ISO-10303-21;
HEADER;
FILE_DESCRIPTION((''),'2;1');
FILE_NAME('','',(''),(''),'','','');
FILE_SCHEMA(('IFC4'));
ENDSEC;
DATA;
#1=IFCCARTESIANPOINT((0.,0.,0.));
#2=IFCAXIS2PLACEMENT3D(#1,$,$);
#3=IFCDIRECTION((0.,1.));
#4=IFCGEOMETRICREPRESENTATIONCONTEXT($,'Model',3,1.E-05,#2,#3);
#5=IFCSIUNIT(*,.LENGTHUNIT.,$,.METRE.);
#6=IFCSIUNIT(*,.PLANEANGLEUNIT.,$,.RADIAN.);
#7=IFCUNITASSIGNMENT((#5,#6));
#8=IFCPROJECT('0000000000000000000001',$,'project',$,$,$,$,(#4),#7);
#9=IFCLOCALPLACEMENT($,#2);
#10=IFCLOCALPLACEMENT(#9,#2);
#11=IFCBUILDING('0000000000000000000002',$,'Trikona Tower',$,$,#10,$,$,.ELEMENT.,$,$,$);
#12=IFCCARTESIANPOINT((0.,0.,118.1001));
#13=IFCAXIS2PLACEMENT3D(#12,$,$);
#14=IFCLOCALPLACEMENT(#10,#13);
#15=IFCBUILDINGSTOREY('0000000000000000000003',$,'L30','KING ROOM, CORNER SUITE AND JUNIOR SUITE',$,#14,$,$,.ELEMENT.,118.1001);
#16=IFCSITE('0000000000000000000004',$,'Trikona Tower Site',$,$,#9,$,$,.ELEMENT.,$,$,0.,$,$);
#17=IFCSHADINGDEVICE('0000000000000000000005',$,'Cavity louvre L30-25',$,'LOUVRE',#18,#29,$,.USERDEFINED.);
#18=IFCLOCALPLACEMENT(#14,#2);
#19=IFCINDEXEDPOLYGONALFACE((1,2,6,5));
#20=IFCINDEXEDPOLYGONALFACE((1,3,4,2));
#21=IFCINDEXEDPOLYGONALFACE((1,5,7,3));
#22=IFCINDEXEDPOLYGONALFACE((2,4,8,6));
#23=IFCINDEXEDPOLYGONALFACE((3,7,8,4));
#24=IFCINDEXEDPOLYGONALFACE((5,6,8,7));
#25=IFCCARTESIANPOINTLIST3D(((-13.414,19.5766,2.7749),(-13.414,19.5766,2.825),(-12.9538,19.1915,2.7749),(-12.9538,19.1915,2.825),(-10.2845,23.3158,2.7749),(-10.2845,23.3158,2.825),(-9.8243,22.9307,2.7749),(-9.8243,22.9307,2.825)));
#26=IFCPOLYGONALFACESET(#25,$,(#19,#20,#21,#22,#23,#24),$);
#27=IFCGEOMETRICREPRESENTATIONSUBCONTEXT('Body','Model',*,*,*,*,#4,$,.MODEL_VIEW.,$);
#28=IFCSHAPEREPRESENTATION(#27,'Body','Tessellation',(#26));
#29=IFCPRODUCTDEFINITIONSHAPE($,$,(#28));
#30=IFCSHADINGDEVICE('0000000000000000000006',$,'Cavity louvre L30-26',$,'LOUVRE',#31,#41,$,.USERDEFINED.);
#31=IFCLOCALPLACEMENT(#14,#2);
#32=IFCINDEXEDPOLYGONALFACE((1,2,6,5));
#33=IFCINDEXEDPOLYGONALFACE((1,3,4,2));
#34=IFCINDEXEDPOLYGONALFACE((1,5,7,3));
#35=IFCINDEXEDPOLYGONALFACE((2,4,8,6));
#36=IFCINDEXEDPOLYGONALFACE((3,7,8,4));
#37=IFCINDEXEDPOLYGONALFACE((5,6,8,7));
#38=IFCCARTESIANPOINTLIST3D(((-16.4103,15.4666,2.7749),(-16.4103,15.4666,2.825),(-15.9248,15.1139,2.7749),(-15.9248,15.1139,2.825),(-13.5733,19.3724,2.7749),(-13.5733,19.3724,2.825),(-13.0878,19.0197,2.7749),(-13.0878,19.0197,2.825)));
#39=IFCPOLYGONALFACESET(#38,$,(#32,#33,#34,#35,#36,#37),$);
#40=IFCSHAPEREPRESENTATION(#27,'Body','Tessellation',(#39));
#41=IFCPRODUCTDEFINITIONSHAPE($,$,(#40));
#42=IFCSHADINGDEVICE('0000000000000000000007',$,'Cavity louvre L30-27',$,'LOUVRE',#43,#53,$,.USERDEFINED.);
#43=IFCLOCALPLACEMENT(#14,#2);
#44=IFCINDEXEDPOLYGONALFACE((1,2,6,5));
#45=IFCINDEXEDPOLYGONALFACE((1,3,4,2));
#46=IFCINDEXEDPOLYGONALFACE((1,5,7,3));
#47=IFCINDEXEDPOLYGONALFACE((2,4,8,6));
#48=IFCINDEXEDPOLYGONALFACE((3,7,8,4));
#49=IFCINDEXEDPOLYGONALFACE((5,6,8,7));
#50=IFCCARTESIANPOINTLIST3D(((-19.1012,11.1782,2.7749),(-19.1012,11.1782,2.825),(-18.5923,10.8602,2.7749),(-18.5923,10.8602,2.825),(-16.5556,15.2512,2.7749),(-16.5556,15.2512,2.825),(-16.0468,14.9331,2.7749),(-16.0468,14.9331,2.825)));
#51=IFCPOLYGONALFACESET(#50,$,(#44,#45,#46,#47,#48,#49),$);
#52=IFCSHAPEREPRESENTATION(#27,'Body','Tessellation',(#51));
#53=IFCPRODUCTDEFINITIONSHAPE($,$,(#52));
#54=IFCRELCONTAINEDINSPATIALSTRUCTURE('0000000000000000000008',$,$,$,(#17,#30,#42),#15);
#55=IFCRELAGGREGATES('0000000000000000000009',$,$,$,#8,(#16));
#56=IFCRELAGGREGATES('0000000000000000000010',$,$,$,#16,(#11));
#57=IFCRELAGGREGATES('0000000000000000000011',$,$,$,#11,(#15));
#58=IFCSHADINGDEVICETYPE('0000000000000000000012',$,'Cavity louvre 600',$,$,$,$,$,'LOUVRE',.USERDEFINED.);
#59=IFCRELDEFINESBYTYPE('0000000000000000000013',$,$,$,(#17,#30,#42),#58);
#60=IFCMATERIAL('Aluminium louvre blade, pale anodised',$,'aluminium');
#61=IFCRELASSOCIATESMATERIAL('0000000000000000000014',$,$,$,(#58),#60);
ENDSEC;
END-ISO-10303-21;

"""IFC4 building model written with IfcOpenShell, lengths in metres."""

from ifc_helpers import new_model, si_unit, direction, frame, origin, origin_2d, place, context, subcontext, project, spatial, rectangle, extrude, material, type_object, element, save


model = new_model("IFC4")

# Units and contexts
model_context = context("Model", 3, precision=1e-05, world=origin(), true_north=direction((0.0, 1.0)))
body_context = subcontext(model_context, "Body", "Model", "MODEL_VIEW")
ifc_project = project(units=[si_unit("LENGTHUNIT", "METRE"), si_unit("PLANEANGLEUNIT", "RADIAN")], contexts=[model_context])

# Site, building, storey
site_placement = place(None, origin())
site = spatial("IfcSite", under=ifc_project, at=site_placement, Name="Trikona Tower Site", CompositionType="ELEMENT", RefElevation=0.0)
building_placement = place(site_placement, origin())
building = spatial("IfcBuilding", under=site, at=building_placement, Name="Trikona Tower", CompositionType="ELEMENT")
storey_placement = place(building_placement, frame((0.0, 0.0, 118.1001)))
storey = spatial("IfcBuildingStorey", under=building, at=storey_placement, Name="L30", Description="KING ROOM, CORNER SUITE AND JUNIOR SUITE", CompositionType="ELEMENT", Elevation=118.1001)

# Shading devices
ifc_material_1 = material(Name="Aluminium louvre blade, pale anodised", Category="aluminium")
shading_device_type = type_object("IfcShadingDeviceType", Name="Cavity louvre 600", ElementType="LOUVRE", PredefinedType="USERDEFINED", material=ifc_material_1)
shading_device_1_placement = place(storey_placement, frame((-11.6191, 21.2537, 2.7749), z_axis=(0.0, 0.0, 1.0), x_axis=(-0.641807, -0.766866, 0.0)))
element("IfcShadingDevice", 1, at=shading_device_1_placement, inside=storey, type_object=shading_device_type, Name="Cavity louvre L30-25", ObjectType="LOUVRE", PredefinedType="USERDEFINED", context=body_context, shape_type="SweptSolid", body=[
    extrude(rectangle(XDim=4.876, YDim=0.6001, at=origin_2d()), origin(), (0.0, 0.0, 1.0), 0.05),
])
shading_device_2_placement = place(storey_placement, frame((-14.749, 17.2432, 2.7749), z_axis=(0.0, 0.0, 1.0), x_axis=(-0.587686, -0.809089, 0.0)))
element("IfcShadingDevice", 2, at=shading_device_2_placement, inside=storey, type_object=shading_device_type, Name="Cavity louvre L30-26", ObjectType="LOUVRE", PredefinedType="USERDEFINED", context=body_context, shape_type="SweptSolid", body=[
    extrude(rectangle(XDim=4.8274, YDim=0.6001, at=origin_2d()), origin(), (0.0, 0.0, 1.0), 0.05),
])
shading_device_3_placement = place(storey_placement, frame((-17.574, 13.0557, 2.7749), z_axis=(0.0, 0.0, 1.0), x_axis=(-0.529995, -0.848001, 0.0)))
element("IfcShadingDevice", 3, at=shading_device_3_placement, inside=storey, type_object=shading_device_type, Name="Cavity louvre L30-27", ObjectType="LOUVRE", PredefinedType="USERDEFINED", context=body_context, shape_type="SweptSolid", body=[
    extrude(rectangle(XDim=4.803, YDim=0.6001, at=origin_2d()), origin(), (0.0, 0.0, 1.0), 0.05),
])

save(model, "model.ifc")
